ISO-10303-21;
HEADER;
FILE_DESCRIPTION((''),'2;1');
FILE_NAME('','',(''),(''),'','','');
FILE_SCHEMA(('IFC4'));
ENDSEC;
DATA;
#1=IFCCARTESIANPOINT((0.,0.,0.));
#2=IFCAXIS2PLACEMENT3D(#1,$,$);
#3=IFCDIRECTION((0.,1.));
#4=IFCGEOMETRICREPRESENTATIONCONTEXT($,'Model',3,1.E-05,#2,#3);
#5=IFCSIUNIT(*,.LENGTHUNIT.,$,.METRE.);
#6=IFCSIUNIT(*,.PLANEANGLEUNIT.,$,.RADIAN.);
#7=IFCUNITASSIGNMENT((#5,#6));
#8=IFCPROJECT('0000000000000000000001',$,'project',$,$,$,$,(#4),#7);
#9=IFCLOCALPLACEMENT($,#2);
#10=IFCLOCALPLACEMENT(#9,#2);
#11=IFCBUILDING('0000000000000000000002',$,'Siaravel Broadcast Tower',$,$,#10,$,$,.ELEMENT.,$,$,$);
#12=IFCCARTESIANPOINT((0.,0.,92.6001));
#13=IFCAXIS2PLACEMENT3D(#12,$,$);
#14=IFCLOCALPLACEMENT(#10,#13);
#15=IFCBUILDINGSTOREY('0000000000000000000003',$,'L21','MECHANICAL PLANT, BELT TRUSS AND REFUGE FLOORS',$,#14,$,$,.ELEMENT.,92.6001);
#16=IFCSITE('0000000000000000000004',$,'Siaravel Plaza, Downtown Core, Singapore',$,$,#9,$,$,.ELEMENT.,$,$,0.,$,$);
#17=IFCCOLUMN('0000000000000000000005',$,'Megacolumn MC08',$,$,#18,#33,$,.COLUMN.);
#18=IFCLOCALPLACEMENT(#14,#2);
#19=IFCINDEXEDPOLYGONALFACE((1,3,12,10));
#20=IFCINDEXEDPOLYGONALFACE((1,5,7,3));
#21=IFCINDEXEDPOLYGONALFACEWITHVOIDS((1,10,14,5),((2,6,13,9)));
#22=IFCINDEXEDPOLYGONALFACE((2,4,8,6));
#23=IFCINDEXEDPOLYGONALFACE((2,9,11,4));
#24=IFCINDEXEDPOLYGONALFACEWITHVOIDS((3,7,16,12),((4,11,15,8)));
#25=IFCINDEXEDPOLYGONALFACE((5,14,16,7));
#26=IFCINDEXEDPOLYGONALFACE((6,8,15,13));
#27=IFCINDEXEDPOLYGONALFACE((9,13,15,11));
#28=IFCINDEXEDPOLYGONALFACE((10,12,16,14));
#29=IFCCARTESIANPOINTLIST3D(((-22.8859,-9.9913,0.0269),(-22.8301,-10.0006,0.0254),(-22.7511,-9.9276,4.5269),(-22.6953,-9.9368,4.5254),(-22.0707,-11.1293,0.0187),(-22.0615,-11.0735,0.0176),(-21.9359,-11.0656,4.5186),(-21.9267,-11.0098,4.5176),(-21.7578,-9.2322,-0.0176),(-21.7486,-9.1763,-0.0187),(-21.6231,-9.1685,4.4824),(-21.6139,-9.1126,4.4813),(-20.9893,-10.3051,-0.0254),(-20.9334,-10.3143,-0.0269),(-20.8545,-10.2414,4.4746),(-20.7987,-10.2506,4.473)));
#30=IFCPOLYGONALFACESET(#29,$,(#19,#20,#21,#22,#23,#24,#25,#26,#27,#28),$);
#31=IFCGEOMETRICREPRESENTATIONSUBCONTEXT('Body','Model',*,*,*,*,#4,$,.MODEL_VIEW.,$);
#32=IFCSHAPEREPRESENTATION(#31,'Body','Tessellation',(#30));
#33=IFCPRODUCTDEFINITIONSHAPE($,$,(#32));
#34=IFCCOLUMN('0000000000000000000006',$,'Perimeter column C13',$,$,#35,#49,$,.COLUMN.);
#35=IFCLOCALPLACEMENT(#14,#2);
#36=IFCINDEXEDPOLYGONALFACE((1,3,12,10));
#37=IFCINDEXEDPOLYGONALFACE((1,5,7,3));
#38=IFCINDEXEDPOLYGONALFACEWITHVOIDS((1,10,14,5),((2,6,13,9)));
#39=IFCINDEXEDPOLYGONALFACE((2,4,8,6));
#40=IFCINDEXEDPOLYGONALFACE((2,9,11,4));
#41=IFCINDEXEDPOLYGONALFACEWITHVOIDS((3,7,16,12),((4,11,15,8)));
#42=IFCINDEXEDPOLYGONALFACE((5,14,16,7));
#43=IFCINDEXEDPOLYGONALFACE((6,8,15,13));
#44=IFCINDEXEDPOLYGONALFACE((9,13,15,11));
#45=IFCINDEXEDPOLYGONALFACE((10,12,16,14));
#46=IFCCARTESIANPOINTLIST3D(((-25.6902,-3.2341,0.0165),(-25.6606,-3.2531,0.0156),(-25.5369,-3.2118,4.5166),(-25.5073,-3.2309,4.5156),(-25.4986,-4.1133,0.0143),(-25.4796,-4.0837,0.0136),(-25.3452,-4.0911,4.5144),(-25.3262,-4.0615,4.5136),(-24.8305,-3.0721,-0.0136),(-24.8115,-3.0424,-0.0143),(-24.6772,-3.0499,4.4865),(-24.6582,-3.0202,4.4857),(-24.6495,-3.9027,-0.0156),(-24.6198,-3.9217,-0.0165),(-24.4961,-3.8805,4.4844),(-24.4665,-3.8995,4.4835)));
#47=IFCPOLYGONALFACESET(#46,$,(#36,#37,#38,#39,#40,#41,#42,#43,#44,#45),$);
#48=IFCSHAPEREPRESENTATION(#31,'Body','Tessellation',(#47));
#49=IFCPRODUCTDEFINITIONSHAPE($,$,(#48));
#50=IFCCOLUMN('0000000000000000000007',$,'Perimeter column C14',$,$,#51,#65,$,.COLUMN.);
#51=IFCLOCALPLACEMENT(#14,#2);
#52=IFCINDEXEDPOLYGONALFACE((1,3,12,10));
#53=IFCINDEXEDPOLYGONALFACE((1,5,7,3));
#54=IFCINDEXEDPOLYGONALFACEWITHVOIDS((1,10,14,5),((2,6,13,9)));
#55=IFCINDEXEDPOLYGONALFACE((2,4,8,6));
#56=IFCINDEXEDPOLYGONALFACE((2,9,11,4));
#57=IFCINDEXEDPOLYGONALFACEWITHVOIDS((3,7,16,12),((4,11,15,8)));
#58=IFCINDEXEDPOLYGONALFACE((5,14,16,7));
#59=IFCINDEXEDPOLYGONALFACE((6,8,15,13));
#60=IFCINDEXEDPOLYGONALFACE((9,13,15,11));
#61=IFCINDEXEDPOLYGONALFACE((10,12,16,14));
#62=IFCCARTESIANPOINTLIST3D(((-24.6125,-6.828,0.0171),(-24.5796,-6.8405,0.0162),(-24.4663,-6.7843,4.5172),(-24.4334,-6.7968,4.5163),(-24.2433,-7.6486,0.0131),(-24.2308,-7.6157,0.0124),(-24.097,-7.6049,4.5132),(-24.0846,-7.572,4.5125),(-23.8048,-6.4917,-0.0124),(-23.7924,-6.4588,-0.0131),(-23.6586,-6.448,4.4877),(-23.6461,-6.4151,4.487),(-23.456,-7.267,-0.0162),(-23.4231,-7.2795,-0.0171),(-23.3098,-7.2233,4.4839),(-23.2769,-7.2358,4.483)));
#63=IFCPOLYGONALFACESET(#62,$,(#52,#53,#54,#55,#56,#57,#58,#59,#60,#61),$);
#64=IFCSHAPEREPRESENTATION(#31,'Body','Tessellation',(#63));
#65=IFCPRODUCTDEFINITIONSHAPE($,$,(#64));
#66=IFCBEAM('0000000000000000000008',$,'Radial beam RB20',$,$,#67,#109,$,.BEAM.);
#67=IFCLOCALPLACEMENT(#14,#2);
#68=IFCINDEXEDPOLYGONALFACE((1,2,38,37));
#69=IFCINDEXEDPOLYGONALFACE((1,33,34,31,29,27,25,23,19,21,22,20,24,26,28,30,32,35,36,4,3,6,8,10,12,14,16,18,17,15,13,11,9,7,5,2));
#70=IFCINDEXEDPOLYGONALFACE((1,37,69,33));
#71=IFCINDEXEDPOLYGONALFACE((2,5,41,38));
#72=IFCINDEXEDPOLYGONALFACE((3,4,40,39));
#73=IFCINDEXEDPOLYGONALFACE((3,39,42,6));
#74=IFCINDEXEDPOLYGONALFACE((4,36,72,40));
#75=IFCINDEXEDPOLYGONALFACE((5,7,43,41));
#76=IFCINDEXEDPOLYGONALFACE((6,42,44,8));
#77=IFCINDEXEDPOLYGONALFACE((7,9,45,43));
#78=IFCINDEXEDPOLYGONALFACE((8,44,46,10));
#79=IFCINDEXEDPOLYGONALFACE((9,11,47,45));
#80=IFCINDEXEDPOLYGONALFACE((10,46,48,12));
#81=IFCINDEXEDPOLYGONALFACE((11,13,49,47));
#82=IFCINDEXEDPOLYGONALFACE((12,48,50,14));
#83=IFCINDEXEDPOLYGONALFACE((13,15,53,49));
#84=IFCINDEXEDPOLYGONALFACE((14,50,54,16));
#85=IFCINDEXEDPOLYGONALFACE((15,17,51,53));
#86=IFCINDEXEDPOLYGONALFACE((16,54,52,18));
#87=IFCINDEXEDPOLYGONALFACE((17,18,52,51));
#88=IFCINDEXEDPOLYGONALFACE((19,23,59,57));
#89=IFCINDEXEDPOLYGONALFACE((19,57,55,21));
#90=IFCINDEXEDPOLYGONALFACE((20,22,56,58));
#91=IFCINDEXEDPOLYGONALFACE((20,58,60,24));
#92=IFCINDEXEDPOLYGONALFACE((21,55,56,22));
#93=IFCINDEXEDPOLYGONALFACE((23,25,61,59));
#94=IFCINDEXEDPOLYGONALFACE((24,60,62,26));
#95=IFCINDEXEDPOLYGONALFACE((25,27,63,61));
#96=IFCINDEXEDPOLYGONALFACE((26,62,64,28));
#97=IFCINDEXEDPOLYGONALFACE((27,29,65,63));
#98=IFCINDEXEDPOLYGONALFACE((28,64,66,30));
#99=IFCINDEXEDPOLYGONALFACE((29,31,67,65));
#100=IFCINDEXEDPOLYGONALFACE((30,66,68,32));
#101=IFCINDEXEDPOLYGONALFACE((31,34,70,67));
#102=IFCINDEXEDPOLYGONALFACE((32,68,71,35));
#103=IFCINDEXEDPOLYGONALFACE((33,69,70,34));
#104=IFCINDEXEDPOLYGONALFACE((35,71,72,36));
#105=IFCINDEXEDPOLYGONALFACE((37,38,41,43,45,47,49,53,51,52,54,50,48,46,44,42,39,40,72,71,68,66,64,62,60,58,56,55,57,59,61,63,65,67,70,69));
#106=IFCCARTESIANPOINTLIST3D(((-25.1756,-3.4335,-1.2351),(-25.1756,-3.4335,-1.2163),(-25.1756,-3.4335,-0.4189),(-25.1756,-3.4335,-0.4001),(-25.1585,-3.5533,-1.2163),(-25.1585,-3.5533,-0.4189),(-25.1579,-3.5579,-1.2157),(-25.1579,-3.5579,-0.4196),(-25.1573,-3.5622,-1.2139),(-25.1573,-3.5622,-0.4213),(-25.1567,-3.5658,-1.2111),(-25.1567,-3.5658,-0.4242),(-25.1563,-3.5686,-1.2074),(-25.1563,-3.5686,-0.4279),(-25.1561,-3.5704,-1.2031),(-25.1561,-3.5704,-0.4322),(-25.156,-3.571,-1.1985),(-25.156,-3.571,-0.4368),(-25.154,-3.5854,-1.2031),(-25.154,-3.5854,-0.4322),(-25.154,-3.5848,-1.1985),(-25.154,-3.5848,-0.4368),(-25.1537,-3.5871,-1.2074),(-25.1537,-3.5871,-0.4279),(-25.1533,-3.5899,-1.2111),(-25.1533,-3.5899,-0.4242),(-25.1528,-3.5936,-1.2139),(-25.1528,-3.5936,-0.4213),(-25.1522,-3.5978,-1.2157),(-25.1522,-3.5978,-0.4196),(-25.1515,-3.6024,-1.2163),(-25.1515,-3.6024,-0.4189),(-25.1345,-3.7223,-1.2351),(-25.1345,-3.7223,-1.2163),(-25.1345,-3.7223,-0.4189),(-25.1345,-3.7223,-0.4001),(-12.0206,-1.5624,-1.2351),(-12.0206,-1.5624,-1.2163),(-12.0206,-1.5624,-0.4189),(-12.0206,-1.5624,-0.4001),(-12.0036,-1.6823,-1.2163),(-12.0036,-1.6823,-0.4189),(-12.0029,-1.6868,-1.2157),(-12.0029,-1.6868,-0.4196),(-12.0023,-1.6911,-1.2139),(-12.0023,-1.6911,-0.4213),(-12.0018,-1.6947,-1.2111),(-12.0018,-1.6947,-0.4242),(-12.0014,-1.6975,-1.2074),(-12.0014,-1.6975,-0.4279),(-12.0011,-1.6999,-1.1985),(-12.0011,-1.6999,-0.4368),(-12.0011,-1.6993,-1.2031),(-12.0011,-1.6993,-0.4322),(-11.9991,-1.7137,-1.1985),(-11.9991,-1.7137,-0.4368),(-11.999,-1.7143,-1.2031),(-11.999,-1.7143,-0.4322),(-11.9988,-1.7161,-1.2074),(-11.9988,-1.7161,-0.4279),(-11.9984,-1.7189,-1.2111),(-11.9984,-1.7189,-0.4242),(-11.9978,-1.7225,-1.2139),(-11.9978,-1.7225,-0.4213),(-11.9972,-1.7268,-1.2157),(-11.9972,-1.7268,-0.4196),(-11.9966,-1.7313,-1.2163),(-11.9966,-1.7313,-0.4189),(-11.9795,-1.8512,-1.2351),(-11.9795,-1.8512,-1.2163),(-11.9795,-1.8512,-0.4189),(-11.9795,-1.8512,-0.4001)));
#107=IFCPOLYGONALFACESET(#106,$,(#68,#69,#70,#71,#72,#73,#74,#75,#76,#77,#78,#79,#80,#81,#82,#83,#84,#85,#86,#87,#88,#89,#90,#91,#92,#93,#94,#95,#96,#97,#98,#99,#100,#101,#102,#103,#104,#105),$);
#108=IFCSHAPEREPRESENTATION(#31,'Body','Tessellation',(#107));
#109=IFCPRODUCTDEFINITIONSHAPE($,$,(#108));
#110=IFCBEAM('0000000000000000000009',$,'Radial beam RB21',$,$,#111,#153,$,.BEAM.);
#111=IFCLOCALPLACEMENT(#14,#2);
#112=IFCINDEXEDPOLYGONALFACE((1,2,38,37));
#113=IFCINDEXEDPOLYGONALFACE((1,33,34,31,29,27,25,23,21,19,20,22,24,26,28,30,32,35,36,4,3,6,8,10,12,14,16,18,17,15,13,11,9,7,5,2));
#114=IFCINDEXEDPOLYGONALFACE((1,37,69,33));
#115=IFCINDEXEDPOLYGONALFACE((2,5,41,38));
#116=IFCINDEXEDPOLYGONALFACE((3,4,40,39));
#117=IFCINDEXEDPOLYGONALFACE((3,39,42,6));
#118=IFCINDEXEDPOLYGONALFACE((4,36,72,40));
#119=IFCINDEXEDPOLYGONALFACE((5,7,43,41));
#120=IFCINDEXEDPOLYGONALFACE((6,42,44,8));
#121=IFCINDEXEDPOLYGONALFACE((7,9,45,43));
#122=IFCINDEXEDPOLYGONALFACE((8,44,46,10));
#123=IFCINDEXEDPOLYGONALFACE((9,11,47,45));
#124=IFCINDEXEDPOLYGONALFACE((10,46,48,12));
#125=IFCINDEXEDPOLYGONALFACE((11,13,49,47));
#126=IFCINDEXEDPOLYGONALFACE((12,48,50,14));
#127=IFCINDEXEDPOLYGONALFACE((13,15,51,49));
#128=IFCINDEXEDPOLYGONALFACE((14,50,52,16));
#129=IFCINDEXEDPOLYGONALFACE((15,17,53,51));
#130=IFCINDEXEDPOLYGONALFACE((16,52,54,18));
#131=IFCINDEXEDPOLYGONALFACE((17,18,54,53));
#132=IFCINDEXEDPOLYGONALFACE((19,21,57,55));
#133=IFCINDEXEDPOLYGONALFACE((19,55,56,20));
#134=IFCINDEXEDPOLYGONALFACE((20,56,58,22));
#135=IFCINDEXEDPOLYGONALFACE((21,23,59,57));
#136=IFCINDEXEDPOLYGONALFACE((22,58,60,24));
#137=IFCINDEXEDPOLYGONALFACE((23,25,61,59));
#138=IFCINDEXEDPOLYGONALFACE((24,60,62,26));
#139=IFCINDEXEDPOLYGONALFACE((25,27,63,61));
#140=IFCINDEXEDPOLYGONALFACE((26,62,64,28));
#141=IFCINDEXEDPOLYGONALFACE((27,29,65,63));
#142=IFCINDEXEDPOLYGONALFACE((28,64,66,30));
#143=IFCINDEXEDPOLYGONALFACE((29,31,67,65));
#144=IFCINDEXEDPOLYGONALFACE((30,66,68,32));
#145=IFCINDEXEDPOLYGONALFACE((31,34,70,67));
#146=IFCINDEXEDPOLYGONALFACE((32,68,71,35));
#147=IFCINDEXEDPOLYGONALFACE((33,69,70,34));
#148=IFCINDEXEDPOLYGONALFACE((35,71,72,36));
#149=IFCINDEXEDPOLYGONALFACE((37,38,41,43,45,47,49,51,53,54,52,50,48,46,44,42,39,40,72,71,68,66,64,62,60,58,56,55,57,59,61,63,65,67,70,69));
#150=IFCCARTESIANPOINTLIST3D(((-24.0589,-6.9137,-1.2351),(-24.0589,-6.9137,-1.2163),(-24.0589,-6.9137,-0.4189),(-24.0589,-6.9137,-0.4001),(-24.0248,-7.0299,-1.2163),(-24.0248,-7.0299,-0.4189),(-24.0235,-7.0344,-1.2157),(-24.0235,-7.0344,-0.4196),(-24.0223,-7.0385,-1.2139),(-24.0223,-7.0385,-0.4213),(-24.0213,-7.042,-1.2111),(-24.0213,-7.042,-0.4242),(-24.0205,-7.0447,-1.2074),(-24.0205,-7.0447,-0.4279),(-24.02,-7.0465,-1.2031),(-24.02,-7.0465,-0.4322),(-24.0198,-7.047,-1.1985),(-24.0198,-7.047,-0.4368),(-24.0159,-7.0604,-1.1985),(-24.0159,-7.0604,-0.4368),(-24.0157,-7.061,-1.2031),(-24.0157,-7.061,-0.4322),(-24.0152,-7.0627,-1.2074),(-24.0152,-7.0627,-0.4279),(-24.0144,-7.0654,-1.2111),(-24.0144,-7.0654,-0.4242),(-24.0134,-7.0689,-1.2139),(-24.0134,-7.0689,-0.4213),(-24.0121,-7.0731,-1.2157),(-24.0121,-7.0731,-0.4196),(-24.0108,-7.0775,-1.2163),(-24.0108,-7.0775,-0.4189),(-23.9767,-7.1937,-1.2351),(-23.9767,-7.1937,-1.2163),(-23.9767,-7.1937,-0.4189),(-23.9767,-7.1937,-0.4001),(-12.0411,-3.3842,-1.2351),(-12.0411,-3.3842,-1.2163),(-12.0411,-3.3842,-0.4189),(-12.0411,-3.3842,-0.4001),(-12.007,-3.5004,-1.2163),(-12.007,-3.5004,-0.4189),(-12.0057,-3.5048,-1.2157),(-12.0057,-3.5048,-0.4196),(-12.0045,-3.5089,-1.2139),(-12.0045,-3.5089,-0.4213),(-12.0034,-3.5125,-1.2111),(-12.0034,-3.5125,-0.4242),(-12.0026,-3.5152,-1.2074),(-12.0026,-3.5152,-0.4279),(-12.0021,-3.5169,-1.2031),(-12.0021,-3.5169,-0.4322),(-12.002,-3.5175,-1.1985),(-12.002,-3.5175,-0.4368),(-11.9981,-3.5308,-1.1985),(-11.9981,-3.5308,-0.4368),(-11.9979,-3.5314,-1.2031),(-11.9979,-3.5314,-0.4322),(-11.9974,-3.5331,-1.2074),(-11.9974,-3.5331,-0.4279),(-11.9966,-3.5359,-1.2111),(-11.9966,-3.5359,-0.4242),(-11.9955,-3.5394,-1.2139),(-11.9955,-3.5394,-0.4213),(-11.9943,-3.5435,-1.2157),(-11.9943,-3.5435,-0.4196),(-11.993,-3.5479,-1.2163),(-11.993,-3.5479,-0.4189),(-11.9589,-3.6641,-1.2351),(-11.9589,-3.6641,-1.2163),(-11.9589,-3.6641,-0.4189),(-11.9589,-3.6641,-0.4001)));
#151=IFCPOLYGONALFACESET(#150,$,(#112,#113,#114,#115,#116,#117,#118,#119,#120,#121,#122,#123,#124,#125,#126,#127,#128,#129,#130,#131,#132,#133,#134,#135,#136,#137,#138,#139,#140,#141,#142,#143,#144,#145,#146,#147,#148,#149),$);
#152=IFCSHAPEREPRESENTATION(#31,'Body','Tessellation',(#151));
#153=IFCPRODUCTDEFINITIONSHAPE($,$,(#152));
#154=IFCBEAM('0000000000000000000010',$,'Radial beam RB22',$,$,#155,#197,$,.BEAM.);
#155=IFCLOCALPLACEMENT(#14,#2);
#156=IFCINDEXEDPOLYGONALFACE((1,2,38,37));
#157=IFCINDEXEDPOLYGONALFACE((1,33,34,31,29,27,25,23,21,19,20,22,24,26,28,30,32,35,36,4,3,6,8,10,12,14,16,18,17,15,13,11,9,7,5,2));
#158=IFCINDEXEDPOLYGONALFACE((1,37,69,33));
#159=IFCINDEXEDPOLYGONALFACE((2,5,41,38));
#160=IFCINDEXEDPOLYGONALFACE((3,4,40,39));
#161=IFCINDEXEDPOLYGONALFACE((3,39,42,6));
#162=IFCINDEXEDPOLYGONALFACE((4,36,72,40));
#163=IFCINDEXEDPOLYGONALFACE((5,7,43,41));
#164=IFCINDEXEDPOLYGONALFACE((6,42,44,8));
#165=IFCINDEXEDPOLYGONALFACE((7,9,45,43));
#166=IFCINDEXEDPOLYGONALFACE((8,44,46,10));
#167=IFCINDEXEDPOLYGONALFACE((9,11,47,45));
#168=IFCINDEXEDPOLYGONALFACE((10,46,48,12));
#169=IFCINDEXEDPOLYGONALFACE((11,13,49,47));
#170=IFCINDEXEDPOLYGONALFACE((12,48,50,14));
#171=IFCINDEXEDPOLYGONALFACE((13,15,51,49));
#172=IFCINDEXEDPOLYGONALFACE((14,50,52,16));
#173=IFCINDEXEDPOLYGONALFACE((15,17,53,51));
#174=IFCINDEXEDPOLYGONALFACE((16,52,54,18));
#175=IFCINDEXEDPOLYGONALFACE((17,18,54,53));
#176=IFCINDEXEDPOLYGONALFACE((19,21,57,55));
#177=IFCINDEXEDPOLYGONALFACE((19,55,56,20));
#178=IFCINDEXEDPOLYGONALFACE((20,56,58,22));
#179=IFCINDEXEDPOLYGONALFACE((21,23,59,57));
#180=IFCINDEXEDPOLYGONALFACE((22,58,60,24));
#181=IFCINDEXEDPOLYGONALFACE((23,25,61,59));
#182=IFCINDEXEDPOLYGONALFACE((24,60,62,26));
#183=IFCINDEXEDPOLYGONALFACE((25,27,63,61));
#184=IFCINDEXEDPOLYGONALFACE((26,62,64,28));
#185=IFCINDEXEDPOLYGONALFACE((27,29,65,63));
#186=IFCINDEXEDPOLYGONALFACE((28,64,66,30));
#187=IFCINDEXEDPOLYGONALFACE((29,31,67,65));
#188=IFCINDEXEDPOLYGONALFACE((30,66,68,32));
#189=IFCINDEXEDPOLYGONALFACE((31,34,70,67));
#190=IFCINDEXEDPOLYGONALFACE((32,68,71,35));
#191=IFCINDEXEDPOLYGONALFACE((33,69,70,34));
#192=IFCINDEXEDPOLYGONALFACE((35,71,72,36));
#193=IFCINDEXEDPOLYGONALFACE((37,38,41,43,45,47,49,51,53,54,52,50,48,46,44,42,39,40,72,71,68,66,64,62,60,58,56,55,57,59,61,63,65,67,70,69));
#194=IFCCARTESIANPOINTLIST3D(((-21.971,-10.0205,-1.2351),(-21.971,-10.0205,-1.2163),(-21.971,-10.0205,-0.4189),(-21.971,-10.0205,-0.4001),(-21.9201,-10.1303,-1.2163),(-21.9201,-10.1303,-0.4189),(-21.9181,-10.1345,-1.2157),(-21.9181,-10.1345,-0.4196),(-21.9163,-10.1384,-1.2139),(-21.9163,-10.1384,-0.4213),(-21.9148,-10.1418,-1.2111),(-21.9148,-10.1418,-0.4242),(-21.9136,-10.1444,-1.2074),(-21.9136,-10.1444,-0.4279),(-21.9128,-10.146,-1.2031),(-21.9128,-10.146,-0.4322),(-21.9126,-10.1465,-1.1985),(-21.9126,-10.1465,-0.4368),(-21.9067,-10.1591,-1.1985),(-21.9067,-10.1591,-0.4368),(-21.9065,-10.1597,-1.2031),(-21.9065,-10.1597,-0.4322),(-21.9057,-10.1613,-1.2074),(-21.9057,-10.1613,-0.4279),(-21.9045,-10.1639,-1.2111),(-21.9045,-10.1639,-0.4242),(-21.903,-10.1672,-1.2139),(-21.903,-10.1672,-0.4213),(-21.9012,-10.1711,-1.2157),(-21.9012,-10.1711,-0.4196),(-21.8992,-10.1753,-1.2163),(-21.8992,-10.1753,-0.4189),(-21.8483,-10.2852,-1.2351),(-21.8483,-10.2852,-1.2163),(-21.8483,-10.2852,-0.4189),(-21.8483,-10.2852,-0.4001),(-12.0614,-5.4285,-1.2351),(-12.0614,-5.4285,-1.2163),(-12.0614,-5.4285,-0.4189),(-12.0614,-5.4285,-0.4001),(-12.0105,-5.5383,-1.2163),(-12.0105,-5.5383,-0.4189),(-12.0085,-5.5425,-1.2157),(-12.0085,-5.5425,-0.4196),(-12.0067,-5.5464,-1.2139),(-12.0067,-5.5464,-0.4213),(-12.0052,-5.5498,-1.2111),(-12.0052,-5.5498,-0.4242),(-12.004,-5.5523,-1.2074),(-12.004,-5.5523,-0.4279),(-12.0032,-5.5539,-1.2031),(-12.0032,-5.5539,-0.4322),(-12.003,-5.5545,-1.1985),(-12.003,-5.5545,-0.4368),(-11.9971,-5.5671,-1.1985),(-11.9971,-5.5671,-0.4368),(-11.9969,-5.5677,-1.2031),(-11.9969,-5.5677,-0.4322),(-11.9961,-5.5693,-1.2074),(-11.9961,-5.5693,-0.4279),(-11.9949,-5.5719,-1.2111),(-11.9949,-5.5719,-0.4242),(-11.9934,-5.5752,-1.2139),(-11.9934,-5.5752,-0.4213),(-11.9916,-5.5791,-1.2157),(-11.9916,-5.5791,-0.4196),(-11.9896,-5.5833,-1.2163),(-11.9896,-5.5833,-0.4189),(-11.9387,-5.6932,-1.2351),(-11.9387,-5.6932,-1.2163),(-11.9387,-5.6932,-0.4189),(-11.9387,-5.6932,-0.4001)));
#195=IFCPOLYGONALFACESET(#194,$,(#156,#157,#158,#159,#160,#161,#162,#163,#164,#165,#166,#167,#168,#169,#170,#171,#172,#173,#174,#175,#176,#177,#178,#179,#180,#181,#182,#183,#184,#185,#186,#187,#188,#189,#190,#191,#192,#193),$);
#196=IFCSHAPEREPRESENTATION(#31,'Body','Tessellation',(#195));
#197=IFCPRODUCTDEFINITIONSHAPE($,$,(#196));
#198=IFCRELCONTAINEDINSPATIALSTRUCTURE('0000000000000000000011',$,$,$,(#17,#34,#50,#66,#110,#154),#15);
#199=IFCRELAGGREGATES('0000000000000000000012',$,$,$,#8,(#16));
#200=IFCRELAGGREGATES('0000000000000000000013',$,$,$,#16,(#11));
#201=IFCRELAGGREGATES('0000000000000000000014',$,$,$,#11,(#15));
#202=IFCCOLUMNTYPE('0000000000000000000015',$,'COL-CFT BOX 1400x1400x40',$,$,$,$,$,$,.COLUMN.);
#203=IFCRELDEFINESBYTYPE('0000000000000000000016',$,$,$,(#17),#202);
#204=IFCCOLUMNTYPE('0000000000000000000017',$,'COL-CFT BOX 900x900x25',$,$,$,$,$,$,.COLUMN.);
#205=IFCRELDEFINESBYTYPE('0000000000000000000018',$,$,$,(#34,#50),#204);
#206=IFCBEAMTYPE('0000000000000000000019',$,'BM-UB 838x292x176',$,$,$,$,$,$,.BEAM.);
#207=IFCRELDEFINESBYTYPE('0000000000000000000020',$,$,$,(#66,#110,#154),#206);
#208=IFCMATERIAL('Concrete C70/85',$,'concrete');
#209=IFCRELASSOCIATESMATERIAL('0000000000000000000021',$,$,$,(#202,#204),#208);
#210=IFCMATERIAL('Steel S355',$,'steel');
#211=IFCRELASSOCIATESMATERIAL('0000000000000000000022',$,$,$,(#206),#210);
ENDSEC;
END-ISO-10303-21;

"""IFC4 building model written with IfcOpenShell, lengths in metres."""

from ifc_helpers import new_model, si_unit, direction, frame, origin, origin_2d, place, context, subcontext, project, spatial, hollow_rectangle, i_section, extrude, material, material_profile, profile_set, type_object, element, save


model = new_model("IFC4")

# Units and contexts
model_context = context("Model", 3, precision=1e-05, world=origin(), true_north=direction((0.0, 1.0)))
body_context = subcontext(model_context, "Body", "Model", "MODEL_VIEW")
ifc_project = project(units=[si_unit("LENGTHUNIT", "METRE"), si_unit("PLANEANGLEUNIT", "RADIAN")], contexts=[model_context])

# Site, building, storey
site_placement = place(None, origin())
site = spatial("IfcSite", under=ifc_project, at=site_placement, Name="Siaravel Plaza, Downtown Core, Singapore", CompositionType="ELEMENT", RefElevation=0.0)
building_placement = place(site_placement, origin())
building = spatial("IfcBuilding", under=site, at=building_placement, Name="Siaravel Broadcast Tower", CompositionType="ELEMENT")
storey_placement = place(building_placement, frame((0.0, 0.0, 92.6001)))
storey = spatial("IfcBuildingStorey", under=building, at=storey_placement, Name="L21", Description="MECHANICAL PLANT, BELT TRUSS AND REFUGE FLOORS", CompositionType="ELEMENT", Elevation=92.6001)

# Columns
ifc_material_1 = material(Name="Concrete C70/85", Category="concrete")
ifc_material_profile_1 = material_profile(ifc_material_1, hollow_rectangle(XDim=1.3999, YDim=1.3999, WallThickness=0.04, at=origin_2d()))
ifc_profile_set_1 = profile_set([ifc_material_profile_1], Name="Concrete C70/85")
column_type_1 = type_object("IfcColumnType", Name="COL-CFT BOX 1400x1400x40", PredefinedType="COLUMN", material=ifc_profile_set_1)
column_placement = place(storey_placement, frame((-21.9097, -10.1528, 0.0), z_axis=(0.029931, 0.014152, 0.999452), x_axis=(-0.582332, 0.812929, 0.005928)))
element("IfcColumn", 1, at=column_placement, inside=storey, type_object=column_type_1, Name="Megacolumn MC08", PredefinedType="COLUMN", context=body_context, shape_type="SweptSolid", body=[
    extrude(hollow_rectangle(XDim=1.3999, YDim=1.3999, WallThickness=0.04, at=origin_2d()), origin(), (0.0, 0.0, 1.0), 4.5024),
])
ifc_material_profile_2 = material_profile(ifc_material_1, hollow_rectangle(XDim=0.8999, YDim=0.8999, WallThickness=0.0249, at=origin_2d()))
ifc_profile_set_2 = profile_set([ifc_material_profile_2], Name="Concrete C70/85")
column_type_2 = type_object("IfcColumnType", Name="COL-CFT BOX 900x900x25", PredefinedType="COLUMN", material=ifc_profile_set_2)
for number, where, z_axis, x_axis, name in (
    (2, (-25.155, -3.5779, 0.0), (0.034051, 0.004934, 0.999408), (-0.212972, 0.977055, 0.002432), "Perimeter column C13"),
    (3, (-24.0178, -7.0537, 0.0), (0.032479, 0.009706, 0.999425), (-0.410309, 0.911936, 0.004478), "Perimeter column C14"),
):
    element("IfcColumn", number, at=place(storey_placement, frame(where, z_axis=z_axis, x_axis=x_axis)), inside=storey, type_object=column_type_2, Name=name, PredefinedType="COLUMN", context=body_context, shape_type="SweptSolid", body=[
        extrude(hollow_rectangle(XDim=0.8999, YDim=0.8999, WallThickness=0.0249, at=origin_2d()), origin(), (0.0, 0.0, 1.0), 4.5027),
    ])

# Beams
ifc_material_2 = material(Name="Steel S355", Category="steel")
ifc_material_profile_3 = material_profile(ifc_material_2, i_section(OverallWidth=0.2917, OverallDepth=0.835, WebThickness=0.0139, FlangeThickness=0.0188, FilletRadius=0.0178, at=origin_2d()))
ifc_profile_set_3 = profile_set([ifc_material_profile_3], Name="Steel S355")
beam_type_1 = type_object("IfcBeamType", Name="BM-UB 838x292x176", PredefinedType="BEAM", material=ifc_profile_set_3)
beam_1_placement = place(storey_placement, frame((-25.155, -3.5779, -0.8176), z_axis=(0.990036, 0.140817, 0.0), x_axis=(-0.140817, 0.990036, 0.0)))
element("IfcBeam", 4, at=beam_1_placement, inside=storey, type_object=beam_type_1, Name="Radial beam RB20", PredefinedType="BEAM", context=body_context, shape_type="SweptSolid", body=[
    extrude(i_section(OverallWidth=0.2917, OverallDepth=0.835, WebThickness=0.0139, FlangeThickness=0.0188, FilletRadius=0.0178, at=origin_2d()), origin(), (0.0, 0.0, 1.0), 13.2874),
])
beam_2_placement = place(storey_placement, frame((-24.0178, -7.0537, -0.8176), z_axis=(0.959476, 0.281791, 0.0), x_axis=(-0.281791, 0.959476, 0.0)))
element("IfcBeam", 5, at=beam_2_placement, inside=storey, type_object=beam_type_1, Name="Radial beam RB21", PredefinedType="BEAM", context=body_context, shape_type="SweptSolid", body=[
    extrude(i_section(OverallWidth=0.2917, OverallDepth=0.835, WebThickness=0.0139, FlangeThickness=0.0188, FilletRadius=0.0178, at=origin_2d()), origin(), (0.0, 0.0, 1.0), 12.5254),
])
beam_3_placement = place(storey_placement, frame((-21.9097, -10.1528, -0.8176), z_axis=(0.907319, 0.420443, 0.0), x_axis=(-0.420443, 0.907319, 0.0)))
element("IfcBeam", 6, at=beam_3_placement, inside=storey, type_object=beam_type_1, Name="Radial beam RB22", PredefinedType="BEAM", context=body_context, shape_type="SweptSolid", body=[
    extrude(i_section(OverallWidth=0.2917, OverallDepth=0.835, WebThickness=0.0139, FlangeThickness=0.0188, FilletRadius=0.0178, at=origin_2d()), origin(), (0.0, 0.0, 1.0), 10.9219),
])

save(model, "model.ifc")
